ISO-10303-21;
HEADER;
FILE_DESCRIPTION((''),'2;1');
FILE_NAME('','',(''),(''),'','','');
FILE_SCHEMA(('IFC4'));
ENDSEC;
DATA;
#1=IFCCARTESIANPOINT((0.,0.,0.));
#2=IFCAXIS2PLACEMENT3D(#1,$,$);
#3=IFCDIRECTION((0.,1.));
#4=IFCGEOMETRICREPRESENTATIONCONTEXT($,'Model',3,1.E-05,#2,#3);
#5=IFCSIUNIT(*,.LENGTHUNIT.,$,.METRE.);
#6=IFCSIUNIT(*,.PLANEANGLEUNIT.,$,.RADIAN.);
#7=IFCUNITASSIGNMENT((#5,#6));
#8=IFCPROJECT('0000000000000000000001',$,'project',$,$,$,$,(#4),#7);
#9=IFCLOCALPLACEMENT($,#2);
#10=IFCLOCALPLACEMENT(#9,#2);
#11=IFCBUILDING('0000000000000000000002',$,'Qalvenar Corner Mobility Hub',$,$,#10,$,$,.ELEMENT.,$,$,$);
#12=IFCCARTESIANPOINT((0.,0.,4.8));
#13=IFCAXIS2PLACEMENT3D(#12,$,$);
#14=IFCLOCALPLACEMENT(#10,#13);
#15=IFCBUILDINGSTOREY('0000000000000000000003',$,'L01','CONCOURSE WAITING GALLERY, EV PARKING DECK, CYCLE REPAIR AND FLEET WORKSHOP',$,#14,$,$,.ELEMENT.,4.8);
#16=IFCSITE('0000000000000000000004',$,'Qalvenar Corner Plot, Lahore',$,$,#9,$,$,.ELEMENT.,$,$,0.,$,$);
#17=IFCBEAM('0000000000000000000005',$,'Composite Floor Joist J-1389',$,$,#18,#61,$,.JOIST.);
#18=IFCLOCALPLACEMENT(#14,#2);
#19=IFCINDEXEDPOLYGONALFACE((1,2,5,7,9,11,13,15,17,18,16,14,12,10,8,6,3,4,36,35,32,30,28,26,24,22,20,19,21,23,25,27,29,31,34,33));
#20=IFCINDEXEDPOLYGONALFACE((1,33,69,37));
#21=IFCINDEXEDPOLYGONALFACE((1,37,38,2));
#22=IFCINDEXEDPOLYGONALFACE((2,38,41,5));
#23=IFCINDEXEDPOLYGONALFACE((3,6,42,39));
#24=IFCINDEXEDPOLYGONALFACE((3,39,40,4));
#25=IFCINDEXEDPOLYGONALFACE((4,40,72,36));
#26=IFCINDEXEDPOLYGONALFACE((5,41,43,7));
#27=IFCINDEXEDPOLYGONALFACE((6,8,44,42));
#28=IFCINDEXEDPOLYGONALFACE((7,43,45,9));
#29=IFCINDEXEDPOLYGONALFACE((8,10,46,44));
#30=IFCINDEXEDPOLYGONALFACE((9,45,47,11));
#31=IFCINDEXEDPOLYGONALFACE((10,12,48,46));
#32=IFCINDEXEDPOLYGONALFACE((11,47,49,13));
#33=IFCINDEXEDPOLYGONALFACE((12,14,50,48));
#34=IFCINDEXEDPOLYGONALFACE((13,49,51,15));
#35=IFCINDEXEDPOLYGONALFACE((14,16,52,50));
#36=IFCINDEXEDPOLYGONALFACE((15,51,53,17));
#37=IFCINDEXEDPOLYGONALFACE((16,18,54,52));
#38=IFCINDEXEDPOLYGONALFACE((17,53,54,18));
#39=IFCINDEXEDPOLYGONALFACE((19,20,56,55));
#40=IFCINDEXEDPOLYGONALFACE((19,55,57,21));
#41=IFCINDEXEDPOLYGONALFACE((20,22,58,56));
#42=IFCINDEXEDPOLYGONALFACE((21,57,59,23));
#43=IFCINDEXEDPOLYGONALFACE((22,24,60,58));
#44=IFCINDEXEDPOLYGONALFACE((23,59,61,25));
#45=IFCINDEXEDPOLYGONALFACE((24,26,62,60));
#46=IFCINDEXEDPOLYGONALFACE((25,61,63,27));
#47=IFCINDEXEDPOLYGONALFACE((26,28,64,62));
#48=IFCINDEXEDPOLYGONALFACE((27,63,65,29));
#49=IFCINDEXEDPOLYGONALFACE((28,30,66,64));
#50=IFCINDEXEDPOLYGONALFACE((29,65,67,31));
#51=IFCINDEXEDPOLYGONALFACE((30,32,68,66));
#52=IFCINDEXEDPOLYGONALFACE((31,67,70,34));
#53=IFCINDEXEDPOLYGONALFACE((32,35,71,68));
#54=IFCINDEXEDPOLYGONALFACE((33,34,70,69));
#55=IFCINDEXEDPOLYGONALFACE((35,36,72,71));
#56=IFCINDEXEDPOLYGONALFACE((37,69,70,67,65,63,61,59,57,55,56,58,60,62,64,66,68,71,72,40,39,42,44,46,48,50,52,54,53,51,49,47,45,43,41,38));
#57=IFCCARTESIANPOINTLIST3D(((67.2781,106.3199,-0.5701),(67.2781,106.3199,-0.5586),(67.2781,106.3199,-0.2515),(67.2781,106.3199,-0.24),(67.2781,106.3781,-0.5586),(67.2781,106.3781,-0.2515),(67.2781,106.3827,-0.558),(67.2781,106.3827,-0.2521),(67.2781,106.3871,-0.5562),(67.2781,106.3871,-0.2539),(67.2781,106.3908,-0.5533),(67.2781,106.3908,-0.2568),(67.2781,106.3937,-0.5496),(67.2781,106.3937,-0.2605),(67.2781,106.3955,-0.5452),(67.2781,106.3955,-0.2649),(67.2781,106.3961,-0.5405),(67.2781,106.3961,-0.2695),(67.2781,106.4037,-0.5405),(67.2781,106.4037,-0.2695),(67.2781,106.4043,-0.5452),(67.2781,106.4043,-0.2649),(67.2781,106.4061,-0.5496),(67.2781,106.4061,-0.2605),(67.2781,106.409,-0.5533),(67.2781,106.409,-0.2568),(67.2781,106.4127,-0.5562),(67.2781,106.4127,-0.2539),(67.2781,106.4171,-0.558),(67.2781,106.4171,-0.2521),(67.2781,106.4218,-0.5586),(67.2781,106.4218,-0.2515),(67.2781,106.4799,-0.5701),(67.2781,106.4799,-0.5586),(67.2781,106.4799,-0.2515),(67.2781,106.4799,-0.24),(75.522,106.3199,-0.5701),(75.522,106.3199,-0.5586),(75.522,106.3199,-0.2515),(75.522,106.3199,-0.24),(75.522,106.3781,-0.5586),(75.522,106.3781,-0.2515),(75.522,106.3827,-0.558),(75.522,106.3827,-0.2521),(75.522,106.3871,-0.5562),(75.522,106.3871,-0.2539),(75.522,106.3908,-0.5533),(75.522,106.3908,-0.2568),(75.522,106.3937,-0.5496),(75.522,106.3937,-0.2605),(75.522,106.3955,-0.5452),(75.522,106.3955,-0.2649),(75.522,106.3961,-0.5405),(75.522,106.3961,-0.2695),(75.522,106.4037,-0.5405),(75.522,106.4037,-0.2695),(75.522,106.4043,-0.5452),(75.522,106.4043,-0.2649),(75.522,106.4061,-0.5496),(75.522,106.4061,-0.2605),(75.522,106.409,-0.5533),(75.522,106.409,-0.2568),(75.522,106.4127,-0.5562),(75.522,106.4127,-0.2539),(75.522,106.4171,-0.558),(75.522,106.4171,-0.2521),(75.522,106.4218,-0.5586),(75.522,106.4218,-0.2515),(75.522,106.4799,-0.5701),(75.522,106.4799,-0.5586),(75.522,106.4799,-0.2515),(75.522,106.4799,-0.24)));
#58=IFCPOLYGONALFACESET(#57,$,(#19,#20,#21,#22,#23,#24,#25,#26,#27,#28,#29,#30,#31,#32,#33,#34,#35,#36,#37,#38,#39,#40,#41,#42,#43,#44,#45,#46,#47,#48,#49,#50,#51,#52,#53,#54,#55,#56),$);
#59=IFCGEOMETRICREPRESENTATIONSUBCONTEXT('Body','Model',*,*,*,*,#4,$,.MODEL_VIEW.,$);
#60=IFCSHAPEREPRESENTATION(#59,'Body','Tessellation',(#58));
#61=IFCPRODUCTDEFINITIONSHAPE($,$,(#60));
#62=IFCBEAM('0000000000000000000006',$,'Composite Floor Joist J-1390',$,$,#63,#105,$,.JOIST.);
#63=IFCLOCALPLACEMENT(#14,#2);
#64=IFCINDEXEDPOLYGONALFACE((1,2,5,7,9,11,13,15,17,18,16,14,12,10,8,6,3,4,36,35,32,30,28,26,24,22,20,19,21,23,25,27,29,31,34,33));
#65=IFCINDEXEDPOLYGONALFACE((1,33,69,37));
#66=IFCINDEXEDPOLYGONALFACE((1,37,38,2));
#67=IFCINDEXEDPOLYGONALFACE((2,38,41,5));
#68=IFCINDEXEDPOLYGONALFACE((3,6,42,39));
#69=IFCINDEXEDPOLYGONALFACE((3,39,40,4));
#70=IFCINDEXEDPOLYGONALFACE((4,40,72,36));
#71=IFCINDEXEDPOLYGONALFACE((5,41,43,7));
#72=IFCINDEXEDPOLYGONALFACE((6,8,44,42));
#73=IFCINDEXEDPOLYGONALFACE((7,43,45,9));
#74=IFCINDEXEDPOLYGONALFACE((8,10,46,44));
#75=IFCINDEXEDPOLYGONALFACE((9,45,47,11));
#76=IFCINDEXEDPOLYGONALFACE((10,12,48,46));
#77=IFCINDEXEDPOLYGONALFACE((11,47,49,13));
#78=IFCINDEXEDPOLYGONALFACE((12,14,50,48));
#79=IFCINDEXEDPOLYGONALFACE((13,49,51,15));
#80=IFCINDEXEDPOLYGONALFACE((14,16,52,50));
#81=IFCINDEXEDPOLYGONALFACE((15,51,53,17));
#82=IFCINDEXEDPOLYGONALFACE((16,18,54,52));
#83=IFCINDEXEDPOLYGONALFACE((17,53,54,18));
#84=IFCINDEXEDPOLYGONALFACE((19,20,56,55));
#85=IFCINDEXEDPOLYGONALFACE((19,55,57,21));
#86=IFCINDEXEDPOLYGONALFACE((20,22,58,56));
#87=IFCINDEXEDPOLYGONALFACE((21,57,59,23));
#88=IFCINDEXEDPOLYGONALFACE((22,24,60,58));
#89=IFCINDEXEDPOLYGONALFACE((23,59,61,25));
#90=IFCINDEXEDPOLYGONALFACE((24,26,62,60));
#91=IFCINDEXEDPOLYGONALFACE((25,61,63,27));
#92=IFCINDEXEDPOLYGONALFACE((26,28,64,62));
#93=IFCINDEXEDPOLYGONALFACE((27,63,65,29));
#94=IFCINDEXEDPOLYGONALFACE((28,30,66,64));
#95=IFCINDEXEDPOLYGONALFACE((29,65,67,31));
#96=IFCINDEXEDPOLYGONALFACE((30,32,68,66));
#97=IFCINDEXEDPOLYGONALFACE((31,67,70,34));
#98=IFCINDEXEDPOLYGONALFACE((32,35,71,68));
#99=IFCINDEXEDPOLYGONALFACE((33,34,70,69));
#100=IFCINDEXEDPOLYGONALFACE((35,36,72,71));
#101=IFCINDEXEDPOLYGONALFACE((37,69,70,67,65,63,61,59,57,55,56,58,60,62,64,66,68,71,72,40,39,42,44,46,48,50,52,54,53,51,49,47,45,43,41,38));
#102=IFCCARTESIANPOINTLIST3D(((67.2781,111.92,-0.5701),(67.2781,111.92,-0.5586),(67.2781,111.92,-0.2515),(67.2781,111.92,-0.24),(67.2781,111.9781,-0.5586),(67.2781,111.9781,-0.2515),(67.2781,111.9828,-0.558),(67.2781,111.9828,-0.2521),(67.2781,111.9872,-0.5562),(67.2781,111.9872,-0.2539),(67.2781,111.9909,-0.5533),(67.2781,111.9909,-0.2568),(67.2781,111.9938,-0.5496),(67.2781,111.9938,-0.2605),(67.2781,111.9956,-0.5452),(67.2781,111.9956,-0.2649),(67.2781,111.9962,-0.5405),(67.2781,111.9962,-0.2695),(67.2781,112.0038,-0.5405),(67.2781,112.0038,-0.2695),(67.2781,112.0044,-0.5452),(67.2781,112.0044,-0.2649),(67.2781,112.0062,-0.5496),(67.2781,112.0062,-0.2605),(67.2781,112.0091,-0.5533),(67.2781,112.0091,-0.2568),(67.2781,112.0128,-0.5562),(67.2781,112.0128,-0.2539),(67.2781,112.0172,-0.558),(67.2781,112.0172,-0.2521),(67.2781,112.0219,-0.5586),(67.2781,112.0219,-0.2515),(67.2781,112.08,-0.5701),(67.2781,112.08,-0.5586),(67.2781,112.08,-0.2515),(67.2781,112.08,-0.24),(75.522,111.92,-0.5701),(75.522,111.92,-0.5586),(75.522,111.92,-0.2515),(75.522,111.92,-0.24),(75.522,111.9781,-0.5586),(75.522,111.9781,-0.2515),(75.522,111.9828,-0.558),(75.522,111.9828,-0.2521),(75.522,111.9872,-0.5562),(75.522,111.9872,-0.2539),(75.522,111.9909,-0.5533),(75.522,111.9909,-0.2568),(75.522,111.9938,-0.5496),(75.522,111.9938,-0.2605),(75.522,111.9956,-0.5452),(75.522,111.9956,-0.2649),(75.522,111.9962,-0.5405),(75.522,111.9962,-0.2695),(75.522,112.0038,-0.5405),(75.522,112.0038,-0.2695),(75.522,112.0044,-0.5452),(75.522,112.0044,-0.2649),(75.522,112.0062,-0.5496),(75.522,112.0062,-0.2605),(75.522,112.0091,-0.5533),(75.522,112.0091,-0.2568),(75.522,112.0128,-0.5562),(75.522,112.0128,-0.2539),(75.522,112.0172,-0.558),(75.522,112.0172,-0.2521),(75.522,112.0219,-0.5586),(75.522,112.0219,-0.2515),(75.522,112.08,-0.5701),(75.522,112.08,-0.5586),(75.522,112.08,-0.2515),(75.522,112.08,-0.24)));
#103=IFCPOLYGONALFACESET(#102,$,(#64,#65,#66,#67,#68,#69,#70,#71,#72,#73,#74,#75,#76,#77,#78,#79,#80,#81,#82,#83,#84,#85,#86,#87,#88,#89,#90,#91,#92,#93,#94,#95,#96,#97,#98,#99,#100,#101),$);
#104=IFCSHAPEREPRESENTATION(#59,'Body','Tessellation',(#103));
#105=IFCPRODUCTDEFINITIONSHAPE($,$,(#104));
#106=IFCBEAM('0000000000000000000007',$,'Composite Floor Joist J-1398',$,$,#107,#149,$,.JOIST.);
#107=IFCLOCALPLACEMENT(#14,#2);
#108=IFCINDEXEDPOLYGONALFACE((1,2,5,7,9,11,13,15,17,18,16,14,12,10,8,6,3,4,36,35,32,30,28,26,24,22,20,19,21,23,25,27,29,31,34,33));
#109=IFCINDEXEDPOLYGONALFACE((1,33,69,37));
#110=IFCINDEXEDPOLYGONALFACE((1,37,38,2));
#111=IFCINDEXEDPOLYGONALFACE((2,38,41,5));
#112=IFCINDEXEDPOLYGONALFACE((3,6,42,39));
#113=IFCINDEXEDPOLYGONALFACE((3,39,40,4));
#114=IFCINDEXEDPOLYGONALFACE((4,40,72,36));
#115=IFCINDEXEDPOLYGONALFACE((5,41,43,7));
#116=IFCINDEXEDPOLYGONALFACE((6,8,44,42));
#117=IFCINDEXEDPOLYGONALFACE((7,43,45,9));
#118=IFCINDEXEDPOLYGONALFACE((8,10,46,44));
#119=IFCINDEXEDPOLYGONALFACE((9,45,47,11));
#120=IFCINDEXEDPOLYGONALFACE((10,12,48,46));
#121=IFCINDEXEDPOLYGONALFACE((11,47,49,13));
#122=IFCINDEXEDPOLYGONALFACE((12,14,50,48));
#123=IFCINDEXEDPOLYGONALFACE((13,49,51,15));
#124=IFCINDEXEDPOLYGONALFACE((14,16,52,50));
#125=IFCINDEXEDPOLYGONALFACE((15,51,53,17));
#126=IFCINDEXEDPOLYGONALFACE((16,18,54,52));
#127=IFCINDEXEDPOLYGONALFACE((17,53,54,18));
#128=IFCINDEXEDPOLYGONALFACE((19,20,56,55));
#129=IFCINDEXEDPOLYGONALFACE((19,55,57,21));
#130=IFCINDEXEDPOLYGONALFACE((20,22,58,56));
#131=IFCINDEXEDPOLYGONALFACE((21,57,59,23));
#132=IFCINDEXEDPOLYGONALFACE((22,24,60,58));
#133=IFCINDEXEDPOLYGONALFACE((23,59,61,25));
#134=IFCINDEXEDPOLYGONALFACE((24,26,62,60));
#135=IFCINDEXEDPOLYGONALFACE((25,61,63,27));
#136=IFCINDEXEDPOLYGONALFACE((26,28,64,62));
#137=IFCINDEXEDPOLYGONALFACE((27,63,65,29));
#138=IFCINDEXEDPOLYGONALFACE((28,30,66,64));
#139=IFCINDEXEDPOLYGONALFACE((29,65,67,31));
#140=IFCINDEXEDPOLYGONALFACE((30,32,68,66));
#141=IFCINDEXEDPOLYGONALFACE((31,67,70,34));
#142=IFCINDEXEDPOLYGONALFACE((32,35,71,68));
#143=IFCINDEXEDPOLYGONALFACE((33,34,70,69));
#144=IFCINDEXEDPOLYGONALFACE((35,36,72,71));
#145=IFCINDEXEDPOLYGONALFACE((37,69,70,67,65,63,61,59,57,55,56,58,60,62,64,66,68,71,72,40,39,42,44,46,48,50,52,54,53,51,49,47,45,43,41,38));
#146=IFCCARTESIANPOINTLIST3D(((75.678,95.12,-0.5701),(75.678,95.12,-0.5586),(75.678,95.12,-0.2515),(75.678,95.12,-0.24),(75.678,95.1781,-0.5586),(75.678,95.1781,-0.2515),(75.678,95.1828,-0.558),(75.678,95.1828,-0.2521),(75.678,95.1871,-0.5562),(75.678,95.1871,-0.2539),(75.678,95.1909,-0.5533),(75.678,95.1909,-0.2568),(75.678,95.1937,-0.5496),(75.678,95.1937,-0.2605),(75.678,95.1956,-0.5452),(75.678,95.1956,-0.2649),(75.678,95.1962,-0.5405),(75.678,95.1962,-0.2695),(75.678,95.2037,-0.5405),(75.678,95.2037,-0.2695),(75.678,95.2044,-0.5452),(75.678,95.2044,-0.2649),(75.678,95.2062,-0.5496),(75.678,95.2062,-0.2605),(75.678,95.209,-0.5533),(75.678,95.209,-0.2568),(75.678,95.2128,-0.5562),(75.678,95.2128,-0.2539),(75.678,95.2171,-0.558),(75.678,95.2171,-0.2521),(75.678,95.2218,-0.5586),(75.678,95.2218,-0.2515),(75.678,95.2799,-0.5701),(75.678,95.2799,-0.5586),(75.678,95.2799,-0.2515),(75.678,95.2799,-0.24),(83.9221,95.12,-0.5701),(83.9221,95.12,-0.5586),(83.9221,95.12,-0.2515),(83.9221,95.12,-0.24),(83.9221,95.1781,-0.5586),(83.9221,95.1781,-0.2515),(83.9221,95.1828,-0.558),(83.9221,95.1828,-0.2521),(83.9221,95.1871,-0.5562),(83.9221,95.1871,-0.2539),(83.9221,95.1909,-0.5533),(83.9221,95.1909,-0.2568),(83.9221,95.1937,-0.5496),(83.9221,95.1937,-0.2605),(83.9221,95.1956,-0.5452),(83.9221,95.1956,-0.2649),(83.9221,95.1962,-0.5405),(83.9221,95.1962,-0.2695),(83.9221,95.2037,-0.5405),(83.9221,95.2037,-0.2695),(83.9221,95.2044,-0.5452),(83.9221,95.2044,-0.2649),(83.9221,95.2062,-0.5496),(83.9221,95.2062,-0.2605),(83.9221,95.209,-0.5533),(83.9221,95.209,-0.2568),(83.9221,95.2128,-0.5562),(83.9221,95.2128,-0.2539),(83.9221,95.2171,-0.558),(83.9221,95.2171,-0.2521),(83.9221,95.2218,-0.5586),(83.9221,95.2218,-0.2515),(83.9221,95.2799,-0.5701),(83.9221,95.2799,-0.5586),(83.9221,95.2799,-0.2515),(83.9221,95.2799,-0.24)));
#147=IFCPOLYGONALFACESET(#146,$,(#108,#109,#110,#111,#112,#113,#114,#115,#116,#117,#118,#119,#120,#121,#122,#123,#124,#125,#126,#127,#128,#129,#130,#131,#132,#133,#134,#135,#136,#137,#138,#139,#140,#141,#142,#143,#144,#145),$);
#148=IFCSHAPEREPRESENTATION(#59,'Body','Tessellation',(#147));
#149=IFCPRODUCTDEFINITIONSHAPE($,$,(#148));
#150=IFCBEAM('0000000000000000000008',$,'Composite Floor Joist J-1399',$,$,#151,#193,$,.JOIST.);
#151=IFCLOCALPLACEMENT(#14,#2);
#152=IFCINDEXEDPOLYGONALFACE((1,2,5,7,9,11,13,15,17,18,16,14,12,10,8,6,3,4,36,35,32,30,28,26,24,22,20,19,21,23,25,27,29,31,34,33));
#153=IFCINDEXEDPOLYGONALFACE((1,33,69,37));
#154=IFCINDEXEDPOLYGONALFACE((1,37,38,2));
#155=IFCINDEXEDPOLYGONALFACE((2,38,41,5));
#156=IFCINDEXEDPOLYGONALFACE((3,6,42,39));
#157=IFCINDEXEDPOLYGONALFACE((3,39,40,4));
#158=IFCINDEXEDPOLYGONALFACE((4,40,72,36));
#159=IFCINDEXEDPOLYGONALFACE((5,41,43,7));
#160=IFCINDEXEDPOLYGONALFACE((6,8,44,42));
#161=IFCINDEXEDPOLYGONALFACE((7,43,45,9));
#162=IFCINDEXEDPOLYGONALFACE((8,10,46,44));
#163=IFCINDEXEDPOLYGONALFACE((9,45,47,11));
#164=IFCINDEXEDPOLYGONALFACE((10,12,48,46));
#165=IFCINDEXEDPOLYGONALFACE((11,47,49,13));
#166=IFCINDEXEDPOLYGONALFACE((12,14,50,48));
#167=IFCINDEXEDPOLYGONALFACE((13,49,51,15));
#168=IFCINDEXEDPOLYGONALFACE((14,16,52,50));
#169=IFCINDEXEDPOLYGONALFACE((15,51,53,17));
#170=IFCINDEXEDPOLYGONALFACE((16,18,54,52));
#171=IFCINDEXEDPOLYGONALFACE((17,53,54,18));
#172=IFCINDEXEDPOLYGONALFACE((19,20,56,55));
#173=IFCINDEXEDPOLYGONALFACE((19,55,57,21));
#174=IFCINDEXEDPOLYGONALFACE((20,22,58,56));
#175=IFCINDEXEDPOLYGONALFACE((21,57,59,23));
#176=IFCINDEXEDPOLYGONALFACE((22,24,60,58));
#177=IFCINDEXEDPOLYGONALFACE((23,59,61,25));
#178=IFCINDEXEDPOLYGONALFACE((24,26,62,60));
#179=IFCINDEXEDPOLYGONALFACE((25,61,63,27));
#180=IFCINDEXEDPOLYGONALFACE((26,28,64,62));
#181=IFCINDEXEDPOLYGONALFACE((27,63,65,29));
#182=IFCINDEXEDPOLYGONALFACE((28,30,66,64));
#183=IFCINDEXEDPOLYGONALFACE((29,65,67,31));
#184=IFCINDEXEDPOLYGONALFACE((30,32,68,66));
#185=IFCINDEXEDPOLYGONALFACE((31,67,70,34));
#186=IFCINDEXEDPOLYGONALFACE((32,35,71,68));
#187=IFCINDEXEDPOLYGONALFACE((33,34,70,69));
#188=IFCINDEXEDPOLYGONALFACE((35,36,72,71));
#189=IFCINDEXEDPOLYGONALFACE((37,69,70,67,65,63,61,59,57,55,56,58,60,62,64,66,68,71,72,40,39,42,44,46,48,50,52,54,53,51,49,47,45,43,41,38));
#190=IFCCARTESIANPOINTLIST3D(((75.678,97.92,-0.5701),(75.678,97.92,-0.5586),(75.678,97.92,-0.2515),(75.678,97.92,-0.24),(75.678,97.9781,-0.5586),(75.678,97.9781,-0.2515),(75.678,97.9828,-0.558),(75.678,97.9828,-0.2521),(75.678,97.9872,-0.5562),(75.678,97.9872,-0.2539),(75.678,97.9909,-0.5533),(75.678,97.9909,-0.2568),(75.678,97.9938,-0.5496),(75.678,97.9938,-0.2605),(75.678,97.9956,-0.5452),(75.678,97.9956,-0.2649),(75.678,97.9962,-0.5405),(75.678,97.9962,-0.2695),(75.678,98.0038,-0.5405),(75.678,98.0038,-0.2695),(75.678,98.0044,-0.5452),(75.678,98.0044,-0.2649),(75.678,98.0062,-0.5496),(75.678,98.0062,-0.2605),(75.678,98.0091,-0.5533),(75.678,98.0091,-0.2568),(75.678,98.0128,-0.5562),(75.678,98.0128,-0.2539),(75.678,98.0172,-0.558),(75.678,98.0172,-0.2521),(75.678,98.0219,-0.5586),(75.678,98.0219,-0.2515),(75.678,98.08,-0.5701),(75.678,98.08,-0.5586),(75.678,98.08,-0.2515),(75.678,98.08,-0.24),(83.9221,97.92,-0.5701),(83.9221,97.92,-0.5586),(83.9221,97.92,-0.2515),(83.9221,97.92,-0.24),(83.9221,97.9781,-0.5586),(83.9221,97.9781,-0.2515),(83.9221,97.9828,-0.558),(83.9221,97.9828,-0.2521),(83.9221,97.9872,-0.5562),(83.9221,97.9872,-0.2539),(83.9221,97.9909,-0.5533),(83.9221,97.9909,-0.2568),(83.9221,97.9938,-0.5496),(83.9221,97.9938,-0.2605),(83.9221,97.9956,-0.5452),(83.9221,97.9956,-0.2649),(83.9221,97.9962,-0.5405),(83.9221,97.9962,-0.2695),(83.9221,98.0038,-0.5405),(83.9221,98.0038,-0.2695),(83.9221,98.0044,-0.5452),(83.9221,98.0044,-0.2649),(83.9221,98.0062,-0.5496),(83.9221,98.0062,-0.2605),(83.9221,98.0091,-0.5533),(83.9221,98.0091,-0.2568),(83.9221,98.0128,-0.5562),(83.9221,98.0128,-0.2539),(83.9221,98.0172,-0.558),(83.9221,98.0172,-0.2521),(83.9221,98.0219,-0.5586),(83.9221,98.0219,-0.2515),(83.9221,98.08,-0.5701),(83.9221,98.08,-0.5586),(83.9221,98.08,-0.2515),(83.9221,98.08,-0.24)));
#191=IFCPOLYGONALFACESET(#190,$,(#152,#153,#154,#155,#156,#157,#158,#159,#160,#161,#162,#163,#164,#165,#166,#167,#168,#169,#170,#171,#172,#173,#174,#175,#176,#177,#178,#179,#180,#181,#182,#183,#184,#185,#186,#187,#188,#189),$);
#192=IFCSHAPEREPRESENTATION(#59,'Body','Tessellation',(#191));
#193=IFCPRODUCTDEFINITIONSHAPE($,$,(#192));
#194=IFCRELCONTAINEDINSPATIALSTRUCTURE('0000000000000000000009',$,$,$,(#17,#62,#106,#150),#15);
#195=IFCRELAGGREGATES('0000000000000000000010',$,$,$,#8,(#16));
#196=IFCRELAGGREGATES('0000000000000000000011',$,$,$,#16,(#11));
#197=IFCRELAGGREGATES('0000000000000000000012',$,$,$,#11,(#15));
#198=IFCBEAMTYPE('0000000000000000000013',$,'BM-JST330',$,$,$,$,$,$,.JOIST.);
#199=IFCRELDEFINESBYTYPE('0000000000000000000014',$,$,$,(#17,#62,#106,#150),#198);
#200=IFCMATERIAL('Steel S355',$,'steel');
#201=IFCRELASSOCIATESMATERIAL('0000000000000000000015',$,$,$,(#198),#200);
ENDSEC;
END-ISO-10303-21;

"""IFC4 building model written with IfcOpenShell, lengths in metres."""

from ifc_helpers import new_model, si_unit, direction, frame, origin, origin_2d, place, context, subcontext, project, spatial, i_section, extrude, material, material_profile, profile_set, type_object, element, save


model = new_model("IFC4")

# Units and contexts
model_context = context("Model", 3, precision=1e-05, world=origin(), true_north=direction((0.0, 1.0)))
body_context = subcontext(model_context, "Body", "Model", "MODEL_VIEW")
ifc_project = project(units=[si_unit("LENGTHUNIT", "METRE"), si_unit("PLANEANGLEUNIT", "RADIAN")], contexts=[model_context])

# Site, building, storey
site_placement = place(None, origin())
site = spatial("IfcSite", under=ifc_project, at=site_placement, Name="Qalvenar Corner Plot, Lahore", CompositionType="ELEMENT", RefElevation=0.0)
building_placement = place(site_placement, origin())
building = spatial("IfcBuilding", under=site, at=building_placement, Name="Qalvenar Corner Mobility Hub", CompositionType="ELEMENT")
storey_placement = place(building_placement, frame((0.0, 0.0, 4.8)))
storey = spatial("IfcBuildingStorey", under=building, at=storey_placement, Name="L01", Description="CONCOURSE WAITING GALLERY, EV PARKING DECK, CYCLE REPAIR AND FLEET WORKSHOP", CompositionType="ELEMENT", Elevation=4.8)

# Shared definitions
ifc_material_1 = material(Name="Steel S355", Category="steel")

# Beams
ifc_material_profile_1 = material_profile(ifc_material_1, i_section(OverallWidth=0.1599, OverallDepth=0.3301, WebThickness=0.0076, FlangeThickness=0.0115, FilletRadius=0.0181, at=origin_2d()), Name="IPE330")
ifc_profile_set_1 = profile_set([ifc_material_profile_1], Name="Steel S355")
beam_type_1 = type_object("IfcBeamType", Name="BM-JST330", PredefinedType="JOIST", material=ifc_profile_set_1)
for number, where, z_axis, x_axis, name in (
    (1, (67.2781, 106.3999, -0.405), (1.0, 0.0, 0.0), (0.0, 1.0, 0.0), "Composite Floor Joist J-1389"),
    (2, (67.2781, 112.0, -0.405), (1.0, 0.0, 0.0), (0.0, 1.0, 0.0), "Composite Floor Joist J-1390"),
):
    element("IfcBeam", number, at=place(storey_placement, frame(where, z_axis=z_axis, x_axis=x_axis)), inside=storey, type_object=beam_type_1, Name=name, PredefinedType="JOIST", context=body_context, shape_type="SweptSolid", body=[
        extrude(i_section(OverallWidth=0.1599, OverallDepth=0.3301, WebThickness=0.0076, FlangeThickness=0.0115, FilletRadius=0.0181, at=origin_2d()), origin(), (0.0, 0.0, 1.0), 8.2439),
    ])
for number, where, z_axis, x_axis, name in (
    (3, (75.678, 95.2, -0.405), (1.0, 0.0, 0.0), (0.0, 1.0, 0.0), "Composite Floor Joist J-1398"),
    (4, (75.678, 98.0, -0.405), (1.0, 0.0, 0.0), (0.0, 1.0, 0.0), "Composite Floor Joist J-1399"),
):
    element("IfcBeam", number, at=place(storey_placement, frame(where, z_axis=z_axis, x_axis=x_axis)), inside=storey, type_object=beam_type_1, Name=name, PredefinedType="JOIST", context=body_context, shape_type="SweptSolid", body=[
        extrude(i_section(OverallWidth=0.1599, OverallDepth=0.3301, WebThickness=0.0076, FlangeThickness=0.0115, FilletRadius=0.0181, at=origin_2d()), origin(), (0.0, 0.0, 1.0), 8.2441),
    ])

save(model, "model.ifc")
